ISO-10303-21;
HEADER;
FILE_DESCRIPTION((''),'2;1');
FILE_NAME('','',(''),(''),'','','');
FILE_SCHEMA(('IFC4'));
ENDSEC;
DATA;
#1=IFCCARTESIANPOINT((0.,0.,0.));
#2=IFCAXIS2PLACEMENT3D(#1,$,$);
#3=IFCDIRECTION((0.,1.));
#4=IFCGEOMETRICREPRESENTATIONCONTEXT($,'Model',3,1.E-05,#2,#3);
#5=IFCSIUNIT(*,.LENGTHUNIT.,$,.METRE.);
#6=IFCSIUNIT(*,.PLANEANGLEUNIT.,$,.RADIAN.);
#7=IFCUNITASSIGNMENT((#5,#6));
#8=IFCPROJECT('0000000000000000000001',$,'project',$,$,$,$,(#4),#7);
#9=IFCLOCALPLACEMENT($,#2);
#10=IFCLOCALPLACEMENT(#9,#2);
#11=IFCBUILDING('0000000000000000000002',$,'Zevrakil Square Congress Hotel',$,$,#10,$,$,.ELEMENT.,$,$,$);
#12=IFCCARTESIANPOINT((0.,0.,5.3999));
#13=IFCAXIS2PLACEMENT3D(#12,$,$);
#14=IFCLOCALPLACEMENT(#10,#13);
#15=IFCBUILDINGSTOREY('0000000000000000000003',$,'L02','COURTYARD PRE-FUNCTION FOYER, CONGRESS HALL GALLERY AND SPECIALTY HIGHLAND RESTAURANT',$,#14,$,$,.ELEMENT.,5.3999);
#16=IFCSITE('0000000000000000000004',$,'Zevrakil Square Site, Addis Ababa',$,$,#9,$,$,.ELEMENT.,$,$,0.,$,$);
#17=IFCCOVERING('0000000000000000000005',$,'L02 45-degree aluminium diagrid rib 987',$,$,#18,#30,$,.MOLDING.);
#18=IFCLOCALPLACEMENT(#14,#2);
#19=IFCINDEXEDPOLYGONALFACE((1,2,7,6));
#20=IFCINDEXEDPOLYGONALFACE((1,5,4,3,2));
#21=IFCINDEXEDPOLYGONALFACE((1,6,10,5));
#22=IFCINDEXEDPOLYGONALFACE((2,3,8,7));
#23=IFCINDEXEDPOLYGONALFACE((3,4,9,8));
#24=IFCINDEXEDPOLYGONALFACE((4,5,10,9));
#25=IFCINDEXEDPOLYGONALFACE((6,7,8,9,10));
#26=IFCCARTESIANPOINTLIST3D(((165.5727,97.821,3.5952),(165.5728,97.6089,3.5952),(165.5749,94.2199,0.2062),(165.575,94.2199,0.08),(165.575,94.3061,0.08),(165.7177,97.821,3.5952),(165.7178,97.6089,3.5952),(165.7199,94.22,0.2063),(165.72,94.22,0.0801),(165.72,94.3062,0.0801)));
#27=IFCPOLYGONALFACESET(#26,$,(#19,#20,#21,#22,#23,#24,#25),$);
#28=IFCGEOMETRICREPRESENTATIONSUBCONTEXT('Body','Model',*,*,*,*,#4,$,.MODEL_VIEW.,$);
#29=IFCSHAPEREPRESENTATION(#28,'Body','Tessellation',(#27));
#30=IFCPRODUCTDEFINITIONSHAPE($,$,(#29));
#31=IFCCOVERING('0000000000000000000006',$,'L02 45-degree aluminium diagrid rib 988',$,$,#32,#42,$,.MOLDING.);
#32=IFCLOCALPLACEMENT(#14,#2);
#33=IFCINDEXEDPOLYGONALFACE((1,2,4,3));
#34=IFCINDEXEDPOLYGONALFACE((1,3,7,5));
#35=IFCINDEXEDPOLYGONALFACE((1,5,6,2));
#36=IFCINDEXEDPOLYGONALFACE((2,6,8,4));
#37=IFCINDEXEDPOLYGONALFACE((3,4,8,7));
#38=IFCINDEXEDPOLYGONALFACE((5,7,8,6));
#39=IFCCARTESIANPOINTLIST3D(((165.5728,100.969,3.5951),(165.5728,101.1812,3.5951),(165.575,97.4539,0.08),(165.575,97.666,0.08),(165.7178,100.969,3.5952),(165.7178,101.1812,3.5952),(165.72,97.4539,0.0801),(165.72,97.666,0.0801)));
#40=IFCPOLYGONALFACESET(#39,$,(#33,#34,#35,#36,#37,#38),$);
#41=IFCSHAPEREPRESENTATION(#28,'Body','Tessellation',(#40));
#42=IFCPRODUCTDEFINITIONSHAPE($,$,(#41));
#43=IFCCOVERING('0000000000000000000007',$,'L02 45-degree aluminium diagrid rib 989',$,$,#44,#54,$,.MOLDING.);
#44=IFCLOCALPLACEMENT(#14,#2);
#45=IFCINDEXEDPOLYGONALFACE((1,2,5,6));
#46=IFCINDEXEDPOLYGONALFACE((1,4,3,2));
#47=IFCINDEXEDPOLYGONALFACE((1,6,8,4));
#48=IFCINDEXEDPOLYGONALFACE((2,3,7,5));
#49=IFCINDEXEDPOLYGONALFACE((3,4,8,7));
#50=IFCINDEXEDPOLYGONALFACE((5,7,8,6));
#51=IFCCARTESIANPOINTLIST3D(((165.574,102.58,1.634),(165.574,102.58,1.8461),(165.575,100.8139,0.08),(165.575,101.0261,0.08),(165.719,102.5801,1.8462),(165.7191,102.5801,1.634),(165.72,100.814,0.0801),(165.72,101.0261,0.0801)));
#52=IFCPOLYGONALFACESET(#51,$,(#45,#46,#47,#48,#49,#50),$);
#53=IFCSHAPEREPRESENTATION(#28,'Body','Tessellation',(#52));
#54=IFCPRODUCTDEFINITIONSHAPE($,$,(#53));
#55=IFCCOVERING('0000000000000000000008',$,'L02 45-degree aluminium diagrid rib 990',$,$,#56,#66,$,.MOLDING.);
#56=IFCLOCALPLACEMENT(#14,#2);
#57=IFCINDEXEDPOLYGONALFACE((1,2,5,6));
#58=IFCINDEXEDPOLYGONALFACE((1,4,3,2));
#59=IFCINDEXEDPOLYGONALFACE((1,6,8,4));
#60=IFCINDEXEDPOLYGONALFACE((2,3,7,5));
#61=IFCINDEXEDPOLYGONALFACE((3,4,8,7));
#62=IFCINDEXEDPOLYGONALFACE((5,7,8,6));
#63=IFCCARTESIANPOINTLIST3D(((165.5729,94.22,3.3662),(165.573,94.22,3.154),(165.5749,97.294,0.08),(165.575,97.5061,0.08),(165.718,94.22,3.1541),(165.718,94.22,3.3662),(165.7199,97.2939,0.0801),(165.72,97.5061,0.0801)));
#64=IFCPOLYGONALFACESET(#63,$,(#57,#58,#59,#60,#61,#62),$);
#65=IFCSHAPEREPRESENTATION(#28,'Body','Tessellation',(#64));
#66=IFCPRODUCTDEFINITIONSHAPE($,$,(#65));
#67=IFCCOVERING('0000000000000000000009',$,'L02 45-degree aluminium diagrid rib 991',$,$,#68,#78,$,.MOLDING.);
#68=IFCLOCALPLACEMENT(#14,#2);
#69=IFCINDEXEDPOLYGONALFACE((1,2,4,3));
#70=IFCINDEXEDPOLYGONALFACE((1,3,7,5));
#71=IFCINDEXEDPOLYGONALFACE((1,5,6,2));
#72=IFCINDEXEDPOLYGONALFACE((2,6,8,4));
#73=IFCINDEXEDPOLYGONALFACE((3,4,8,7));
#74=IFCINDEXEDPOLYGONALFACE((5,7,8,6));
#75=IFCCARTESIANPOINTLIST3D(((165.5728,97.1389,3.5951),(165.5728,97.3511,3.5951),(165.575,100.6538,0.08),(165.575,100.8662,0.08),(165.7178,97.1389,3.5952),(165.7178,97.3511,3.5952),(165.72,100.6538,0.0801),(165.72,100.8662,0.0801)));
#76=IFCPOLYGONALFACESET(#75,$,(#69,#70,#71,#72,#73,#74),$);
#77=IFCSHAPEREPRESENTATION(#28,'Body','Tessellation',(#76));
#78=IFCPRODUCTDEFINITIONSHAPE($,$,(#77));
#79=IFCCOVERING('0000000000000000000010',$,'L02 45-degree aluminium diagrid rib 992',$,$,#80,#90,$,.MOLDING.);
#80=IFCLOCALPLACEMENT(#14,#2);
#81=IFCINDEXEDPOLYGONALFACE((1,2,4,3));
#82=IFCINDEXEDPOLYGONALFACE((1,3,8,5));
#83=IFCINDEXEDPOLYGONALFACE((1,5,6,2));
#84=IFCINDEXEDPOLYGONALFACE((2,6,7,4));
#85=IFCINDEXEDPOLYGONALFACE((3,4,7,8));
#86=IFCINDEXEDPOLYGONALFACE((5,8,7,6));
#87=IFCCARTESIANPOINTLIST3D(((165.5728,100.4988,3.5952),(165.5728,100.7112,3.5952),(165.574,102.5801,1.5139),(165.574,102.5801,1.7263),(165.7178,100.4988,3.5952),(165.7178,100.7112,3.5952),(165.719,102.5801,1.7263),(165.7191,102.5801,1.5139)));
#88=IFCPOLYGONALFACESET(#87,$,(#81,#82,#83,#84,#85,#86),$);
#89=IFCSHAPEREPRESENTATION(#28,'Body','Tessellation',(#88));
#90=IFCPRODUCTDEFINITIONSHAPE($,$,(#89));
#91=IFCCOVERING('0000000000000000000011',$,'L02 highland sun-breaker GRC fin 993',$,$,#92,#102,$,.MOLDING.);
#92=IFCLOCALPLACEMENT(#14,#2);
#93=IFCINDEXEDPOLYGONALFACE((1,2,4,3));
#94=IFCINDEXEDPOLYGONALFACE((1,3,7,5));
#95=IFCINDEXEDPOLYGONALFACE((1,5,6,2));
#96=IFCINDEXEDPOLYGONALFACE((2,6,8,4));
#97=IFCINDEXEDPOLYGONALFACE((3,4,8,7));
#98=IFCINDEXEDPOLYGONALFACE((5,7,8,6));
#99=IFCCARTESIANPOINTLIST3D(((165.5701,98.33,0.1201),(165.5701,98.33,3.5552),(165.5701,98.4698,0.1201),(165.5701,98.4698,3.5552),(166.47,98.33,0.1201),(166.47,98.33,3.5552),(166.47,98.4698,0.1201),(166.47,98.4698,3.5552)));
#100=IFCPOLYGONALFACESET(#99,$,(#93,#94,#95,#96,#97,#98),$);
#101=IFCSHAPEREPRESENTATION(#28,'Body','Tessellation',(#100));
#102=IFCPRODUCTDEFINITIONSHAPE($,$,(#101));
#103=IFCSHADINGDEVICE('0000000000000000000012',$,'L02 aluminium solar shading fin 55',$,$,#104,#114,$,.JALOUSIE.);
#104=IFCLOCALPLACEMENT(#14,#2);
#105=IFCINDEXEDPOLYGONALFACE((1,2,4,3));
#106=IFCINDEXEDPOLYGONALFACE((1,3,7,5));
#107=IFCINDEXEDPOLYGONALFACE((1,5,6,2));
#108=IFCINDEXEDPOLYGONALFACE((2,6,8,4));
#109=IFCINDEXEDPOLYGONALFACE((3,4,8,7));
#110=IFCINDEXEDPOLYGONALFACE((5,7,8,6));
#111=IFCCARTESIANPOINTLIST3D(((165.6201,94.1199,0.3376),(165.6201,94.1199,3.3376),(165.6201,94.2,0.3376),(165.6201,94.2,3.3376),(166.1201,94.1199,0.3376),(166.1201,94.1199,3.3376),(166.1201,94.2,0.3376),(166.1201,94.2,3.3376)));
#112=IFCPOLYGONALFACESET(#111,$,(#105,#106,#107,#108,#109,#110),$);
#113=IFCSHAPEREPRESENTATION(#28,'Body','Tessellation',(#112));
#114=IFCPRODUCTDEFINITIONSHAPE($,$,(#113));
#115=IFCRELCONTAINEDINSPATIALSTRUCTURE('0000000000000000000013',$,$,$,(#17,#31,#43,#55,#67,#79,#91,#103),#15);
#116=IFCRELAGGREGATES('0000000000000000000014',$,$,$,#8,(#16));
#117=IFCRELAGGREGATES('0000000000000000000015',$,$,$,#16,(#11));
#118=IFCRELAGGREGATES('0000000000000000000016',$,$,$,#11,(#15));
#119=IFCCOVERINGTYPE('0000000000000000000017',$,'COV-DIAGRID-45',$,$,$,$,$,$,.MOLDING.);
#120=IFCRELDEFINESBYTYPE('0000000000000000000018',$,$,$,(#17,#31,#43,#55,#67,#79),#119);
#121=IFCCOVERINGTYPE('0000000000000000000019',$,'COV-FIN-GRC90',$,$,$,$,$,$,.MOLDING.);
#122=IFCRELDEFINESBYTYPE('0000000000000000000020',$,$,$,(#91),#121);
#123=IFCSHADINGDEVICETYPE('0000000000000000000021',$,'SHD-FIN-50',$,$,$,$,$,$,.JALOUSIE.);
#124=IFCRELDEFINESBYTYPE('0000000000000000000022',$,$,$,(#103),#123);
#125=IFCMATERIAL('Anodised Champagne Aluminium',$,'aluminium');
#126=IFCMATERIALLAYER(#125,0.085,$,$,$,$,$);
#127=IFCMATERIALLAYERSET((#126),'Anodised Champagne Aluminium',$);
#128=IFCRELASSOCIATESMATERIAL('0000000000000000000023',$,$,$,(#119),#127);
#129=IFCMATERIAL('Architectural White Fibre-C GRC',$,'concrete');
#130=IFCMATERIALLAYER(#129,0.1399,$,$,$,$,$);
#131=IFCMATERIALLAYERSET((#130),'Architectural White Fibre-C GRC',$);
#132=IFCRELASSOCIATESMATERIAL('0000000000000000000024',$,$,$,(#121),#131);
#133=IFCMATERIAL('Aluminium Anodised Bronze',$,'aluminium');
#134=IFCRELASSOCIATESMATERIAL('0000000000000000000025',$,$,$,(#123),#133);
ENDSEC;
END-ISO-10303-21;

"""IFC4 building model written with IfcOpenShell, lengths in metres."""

from ifc_helpers import new_model, si_unit, direction, frame, origin, origin_2d, place, context, subcontext, project, spatial, polyline, rectangle, outline, extrude, material, layer, layer_set, type_object, element, save


model = new_model("IFC4")

# Units and contexts
model_context = context("Model", 3, precision=1e-05, world=origin(), true_north=direction((0.0, 1.0)))
body_context = subcontext(model_context, "Body", "Model", "MODEL_VIEW")
ifc_project = project(units=[si_unit("LENGTHUNIT", "METRE"), si_unit("PLANEANGLEUNIT", "RADIAN")], contexts=[model_context])

# Site, building, storey
site_placement = place(None, origin())
site = spatial("IfcSite", under=ifc_project, at=site_placement, Name="Zevrakil Square Site, Addis Ababa", CompositionType="ELEMENT", RefElevation=0.0)
building_placement = place(site_placement, origin())
building = spatial("IfcBuilding", under=site, at=building_placement, Name="Zevrakil Square Congress Hotel", CompositionType="ELEMENT")
storey_placement = place(building_placement, frame((0.0, 0.0, 5.3999)))
storey = spatial("IfcBuildingStorey", under=building, at=storey_placement, Name="L02", Description="COURTYARD PRE-FUNCTION FOYER, CONGRESS HALL GALLERY AND SPECIALTY HIGHLAND RESTAURANT", CompositionType="ELEMENT", Elevation=5.3999)

# Coverings
ifc_material_1 = material(Name="Anodised Champagne Aluminium", Category="aluminium")
ifc_layer_1 = layer(ifc_material_1, 0.085)
ifc_layer_set_1 = layer_set([ifc_layer_1], Name="Anodised Champagne Aluminium")
covering_type_1 = type_object("IfcCoveringType", Name="COV-DIAGRID-45", PredefinedType="MOLDING", material=ifc_layer_set_1)
covering_1_placement = place(storey_placement, frame((165.72, 94.3062, 0.0801), z_axis=(1.0, 0.000188, 0.000444), x_axis=(0.000188, -1.0, 0.0)))
element("IfcCovering", 1, at=covering_1_placement, inside=storey, type_object=covering_type_1, Name="L02 45-degree aluminium diagrid rib 987", PredefinedType="MOLDING", context=body_context, shape_type="SweptSolid", body=[
    extrude(outline(polyline([(0.0, 0.0), (0.0862, 0.0), (0.0862, -0.1262), (-3.3027, -3.5151), (-3.5149, -3.5151), (0.0, 0.0)])), origin(), (0.0, 0.0, -1.0), 0.145),
])
covering_2_placement = place(storey_placement, frame((165.72, 97.666, 0.0801), z_axis=(1.0, 0.0, 0.000625), x_axis=(0.0, -1.0, 0.0)))
element("IfcCovering", 2, at=covering_2_placement, inside=storey, type_object=covering_type_1, Name="L02 45-degree aluminium diagrid rib 988", PredefinedType="MOLDING", context=body_context, shape_type="SweptSolid", body=[
    extrude(outline(polyline([(0.0, 0.0), (0.2122, 0.0), (-3.303, -3.5151), (-3.5151, -3.5151), (0.0, 0.0)])), origin(), (0.0, 0.0, -1.0), 0.145),
])
covering_3_placement = place(storey_placement, frame((165.72, 101.0261, 0.0801), z_axis=(1.0, 0.000294, 0.000294), x_axis=(0.000294, -1.0, 0.0)))
element("IfcCovering", 3, at=covering_3_placement, inside=storey, type_object=covering_type_1, Name="L02 45-degree aluminium diagrid rib 989", PredefinedType="MOLDING", context=body_context, shape_type="SweptSolid", body=[
    extrude(outline(polyline([(0.0, 0.0), (0.2122, 0.0), (-1.554, -1.7661), (-1.554, -1.554), (0.0, 0.0)])), origin(), (0.0, 0.0, -1.0), 0.145),
])
covering_4_placement = place(storey_placement, frame((165.718, 94.22, 3.1541), z_axis=(1.0, -0.000307, 0.000307), x_axis=(-0.000307, 0.0, 1.0)))
element("IfcCovering", 4, at=covering_4_placement, inside=storey, type_object=covering_type_1, Name="L02 45-degree aluminium diagrid rib 990", PredefinedType="MOLDING", context=body_context, shape_type="SweptSolid", body=[
    extrude(outline(polyline([(0.0, 0.0), (0.2122, 0.0), (-3.074, -3.2861), (-3.074, -3.074), (0.0, 0.0)])), origin(), (0.0, 0.0, -1.0), 0.145),
])
covering_5_placement = place(storey_placement, frame((165.7178, 97.1389, 3.5952), z_axis=(1.0, 0.0, 0.000625), x_axis=(0.0, 1.0, 0.0)))
element("IfcCovering", 5, at=covering_5_placement, inside=storey, type_object=covering_type_1, Name="L02 45-degree aluminium diagrid rib 991", PredefinedType="MOLDING", context=body_context, shape_type="SweptSolid", body=[
    extrude(outline(polyline([(0.0, 0.0), (0.2122, 0.0), (3.7273, -3.5151), (3.5149, -3.5151), (0.0, 0.0)])), origin(), (0.0, 0.0, -1.0), 0.145),
])
covering_6_placement = place(storey_placement, frame((165.7178, 100.4988, 3.5952), z_axis=(1.0, -0.000309, 0.000309), x_axis=(0.000309, 1.0, 0.0)))
element("IfcCovering", 6, at=covering_6_placement, inside=storey, type_object=covering_type_1, Name="L02 45-degree aluminium diagrid rib 992", PredefinedType="MOLDING", context=body_context, shape_type="SweptSolid", body=[
    extrude(outline(polyline([(0.0, 0.0), (0.2124, 0.0), (2.0813, -1.8689), (2.0813, -2.0813), (0.0, 0.0)])), origin(), (0.0, 0.0, -1.0), 0.145),
])
ifc_material_2 = material(Name="Architectural White Fibre-C GRC", Category="concrete")
ifc_layer_2 = layer(ifc_material_2, 0.1399)
ifc_layer_set_2 = layer_set([ifc_layer_2], Name="Architectural White Fibre-C GRC")
covering_type_2 = type_object("IfcCoveringType", Name="COV-FIN-GRC90", PredefinedType="MOLDING", material=ifc_layer_set_2)
covering_7_placement = place(storey_placement, frame((166.02, 98.3999, 0.1201), z_axis=(0.0, 0.0, 1.0), x_axis=(1.0, 0.0, 0.0)))
element("IfcCovering", 7, at=covering_7_placement, inside=storey, type_object=covering_type_2, Name="L02 highland sun-breaker GRC fin 993", PredefinedType="MOLDING", context=body_context, shape_type="SweptSolid", body=[
    extrude(rectangle(XDim=0.8999, YDim=0.1399, at=origin_2d()), origin(), (0.0, 0.0, 1.0), 3.4351),
])

# Shading device
ifc_material_3 = material(Name="Aluminium Anodised Bronze", Category="aluminium")
shading_device_type = type_object("IfcShadingDeviceType", Name="SHD-FIN-50", PredefinedType="JALOUSIE", material=ifc_material_3)
shading_device_placement = place(storey_placement, frame((165.8701, 94.1599, 0.3376), z_axis=(0.0, 0.0, 1.0), x_axis=(1.0, 0.0, 0.0)))
element("IfcShadingDevice", 8, at=shading_device_placement, inside=storey, type_object=shading_device_type, Name="L02 aluminium solar shading fin 55", PredefinedType="JALOUSIE", context=body_context, shape_type="SweptSolid", body=[
    extrude(rectangle(XDim=0.5, YDim=0.0801, at=origin_2d()), origin(), (0.0, 0.0, 1.0), 3.0),
])

save(model, "model.ifc")
